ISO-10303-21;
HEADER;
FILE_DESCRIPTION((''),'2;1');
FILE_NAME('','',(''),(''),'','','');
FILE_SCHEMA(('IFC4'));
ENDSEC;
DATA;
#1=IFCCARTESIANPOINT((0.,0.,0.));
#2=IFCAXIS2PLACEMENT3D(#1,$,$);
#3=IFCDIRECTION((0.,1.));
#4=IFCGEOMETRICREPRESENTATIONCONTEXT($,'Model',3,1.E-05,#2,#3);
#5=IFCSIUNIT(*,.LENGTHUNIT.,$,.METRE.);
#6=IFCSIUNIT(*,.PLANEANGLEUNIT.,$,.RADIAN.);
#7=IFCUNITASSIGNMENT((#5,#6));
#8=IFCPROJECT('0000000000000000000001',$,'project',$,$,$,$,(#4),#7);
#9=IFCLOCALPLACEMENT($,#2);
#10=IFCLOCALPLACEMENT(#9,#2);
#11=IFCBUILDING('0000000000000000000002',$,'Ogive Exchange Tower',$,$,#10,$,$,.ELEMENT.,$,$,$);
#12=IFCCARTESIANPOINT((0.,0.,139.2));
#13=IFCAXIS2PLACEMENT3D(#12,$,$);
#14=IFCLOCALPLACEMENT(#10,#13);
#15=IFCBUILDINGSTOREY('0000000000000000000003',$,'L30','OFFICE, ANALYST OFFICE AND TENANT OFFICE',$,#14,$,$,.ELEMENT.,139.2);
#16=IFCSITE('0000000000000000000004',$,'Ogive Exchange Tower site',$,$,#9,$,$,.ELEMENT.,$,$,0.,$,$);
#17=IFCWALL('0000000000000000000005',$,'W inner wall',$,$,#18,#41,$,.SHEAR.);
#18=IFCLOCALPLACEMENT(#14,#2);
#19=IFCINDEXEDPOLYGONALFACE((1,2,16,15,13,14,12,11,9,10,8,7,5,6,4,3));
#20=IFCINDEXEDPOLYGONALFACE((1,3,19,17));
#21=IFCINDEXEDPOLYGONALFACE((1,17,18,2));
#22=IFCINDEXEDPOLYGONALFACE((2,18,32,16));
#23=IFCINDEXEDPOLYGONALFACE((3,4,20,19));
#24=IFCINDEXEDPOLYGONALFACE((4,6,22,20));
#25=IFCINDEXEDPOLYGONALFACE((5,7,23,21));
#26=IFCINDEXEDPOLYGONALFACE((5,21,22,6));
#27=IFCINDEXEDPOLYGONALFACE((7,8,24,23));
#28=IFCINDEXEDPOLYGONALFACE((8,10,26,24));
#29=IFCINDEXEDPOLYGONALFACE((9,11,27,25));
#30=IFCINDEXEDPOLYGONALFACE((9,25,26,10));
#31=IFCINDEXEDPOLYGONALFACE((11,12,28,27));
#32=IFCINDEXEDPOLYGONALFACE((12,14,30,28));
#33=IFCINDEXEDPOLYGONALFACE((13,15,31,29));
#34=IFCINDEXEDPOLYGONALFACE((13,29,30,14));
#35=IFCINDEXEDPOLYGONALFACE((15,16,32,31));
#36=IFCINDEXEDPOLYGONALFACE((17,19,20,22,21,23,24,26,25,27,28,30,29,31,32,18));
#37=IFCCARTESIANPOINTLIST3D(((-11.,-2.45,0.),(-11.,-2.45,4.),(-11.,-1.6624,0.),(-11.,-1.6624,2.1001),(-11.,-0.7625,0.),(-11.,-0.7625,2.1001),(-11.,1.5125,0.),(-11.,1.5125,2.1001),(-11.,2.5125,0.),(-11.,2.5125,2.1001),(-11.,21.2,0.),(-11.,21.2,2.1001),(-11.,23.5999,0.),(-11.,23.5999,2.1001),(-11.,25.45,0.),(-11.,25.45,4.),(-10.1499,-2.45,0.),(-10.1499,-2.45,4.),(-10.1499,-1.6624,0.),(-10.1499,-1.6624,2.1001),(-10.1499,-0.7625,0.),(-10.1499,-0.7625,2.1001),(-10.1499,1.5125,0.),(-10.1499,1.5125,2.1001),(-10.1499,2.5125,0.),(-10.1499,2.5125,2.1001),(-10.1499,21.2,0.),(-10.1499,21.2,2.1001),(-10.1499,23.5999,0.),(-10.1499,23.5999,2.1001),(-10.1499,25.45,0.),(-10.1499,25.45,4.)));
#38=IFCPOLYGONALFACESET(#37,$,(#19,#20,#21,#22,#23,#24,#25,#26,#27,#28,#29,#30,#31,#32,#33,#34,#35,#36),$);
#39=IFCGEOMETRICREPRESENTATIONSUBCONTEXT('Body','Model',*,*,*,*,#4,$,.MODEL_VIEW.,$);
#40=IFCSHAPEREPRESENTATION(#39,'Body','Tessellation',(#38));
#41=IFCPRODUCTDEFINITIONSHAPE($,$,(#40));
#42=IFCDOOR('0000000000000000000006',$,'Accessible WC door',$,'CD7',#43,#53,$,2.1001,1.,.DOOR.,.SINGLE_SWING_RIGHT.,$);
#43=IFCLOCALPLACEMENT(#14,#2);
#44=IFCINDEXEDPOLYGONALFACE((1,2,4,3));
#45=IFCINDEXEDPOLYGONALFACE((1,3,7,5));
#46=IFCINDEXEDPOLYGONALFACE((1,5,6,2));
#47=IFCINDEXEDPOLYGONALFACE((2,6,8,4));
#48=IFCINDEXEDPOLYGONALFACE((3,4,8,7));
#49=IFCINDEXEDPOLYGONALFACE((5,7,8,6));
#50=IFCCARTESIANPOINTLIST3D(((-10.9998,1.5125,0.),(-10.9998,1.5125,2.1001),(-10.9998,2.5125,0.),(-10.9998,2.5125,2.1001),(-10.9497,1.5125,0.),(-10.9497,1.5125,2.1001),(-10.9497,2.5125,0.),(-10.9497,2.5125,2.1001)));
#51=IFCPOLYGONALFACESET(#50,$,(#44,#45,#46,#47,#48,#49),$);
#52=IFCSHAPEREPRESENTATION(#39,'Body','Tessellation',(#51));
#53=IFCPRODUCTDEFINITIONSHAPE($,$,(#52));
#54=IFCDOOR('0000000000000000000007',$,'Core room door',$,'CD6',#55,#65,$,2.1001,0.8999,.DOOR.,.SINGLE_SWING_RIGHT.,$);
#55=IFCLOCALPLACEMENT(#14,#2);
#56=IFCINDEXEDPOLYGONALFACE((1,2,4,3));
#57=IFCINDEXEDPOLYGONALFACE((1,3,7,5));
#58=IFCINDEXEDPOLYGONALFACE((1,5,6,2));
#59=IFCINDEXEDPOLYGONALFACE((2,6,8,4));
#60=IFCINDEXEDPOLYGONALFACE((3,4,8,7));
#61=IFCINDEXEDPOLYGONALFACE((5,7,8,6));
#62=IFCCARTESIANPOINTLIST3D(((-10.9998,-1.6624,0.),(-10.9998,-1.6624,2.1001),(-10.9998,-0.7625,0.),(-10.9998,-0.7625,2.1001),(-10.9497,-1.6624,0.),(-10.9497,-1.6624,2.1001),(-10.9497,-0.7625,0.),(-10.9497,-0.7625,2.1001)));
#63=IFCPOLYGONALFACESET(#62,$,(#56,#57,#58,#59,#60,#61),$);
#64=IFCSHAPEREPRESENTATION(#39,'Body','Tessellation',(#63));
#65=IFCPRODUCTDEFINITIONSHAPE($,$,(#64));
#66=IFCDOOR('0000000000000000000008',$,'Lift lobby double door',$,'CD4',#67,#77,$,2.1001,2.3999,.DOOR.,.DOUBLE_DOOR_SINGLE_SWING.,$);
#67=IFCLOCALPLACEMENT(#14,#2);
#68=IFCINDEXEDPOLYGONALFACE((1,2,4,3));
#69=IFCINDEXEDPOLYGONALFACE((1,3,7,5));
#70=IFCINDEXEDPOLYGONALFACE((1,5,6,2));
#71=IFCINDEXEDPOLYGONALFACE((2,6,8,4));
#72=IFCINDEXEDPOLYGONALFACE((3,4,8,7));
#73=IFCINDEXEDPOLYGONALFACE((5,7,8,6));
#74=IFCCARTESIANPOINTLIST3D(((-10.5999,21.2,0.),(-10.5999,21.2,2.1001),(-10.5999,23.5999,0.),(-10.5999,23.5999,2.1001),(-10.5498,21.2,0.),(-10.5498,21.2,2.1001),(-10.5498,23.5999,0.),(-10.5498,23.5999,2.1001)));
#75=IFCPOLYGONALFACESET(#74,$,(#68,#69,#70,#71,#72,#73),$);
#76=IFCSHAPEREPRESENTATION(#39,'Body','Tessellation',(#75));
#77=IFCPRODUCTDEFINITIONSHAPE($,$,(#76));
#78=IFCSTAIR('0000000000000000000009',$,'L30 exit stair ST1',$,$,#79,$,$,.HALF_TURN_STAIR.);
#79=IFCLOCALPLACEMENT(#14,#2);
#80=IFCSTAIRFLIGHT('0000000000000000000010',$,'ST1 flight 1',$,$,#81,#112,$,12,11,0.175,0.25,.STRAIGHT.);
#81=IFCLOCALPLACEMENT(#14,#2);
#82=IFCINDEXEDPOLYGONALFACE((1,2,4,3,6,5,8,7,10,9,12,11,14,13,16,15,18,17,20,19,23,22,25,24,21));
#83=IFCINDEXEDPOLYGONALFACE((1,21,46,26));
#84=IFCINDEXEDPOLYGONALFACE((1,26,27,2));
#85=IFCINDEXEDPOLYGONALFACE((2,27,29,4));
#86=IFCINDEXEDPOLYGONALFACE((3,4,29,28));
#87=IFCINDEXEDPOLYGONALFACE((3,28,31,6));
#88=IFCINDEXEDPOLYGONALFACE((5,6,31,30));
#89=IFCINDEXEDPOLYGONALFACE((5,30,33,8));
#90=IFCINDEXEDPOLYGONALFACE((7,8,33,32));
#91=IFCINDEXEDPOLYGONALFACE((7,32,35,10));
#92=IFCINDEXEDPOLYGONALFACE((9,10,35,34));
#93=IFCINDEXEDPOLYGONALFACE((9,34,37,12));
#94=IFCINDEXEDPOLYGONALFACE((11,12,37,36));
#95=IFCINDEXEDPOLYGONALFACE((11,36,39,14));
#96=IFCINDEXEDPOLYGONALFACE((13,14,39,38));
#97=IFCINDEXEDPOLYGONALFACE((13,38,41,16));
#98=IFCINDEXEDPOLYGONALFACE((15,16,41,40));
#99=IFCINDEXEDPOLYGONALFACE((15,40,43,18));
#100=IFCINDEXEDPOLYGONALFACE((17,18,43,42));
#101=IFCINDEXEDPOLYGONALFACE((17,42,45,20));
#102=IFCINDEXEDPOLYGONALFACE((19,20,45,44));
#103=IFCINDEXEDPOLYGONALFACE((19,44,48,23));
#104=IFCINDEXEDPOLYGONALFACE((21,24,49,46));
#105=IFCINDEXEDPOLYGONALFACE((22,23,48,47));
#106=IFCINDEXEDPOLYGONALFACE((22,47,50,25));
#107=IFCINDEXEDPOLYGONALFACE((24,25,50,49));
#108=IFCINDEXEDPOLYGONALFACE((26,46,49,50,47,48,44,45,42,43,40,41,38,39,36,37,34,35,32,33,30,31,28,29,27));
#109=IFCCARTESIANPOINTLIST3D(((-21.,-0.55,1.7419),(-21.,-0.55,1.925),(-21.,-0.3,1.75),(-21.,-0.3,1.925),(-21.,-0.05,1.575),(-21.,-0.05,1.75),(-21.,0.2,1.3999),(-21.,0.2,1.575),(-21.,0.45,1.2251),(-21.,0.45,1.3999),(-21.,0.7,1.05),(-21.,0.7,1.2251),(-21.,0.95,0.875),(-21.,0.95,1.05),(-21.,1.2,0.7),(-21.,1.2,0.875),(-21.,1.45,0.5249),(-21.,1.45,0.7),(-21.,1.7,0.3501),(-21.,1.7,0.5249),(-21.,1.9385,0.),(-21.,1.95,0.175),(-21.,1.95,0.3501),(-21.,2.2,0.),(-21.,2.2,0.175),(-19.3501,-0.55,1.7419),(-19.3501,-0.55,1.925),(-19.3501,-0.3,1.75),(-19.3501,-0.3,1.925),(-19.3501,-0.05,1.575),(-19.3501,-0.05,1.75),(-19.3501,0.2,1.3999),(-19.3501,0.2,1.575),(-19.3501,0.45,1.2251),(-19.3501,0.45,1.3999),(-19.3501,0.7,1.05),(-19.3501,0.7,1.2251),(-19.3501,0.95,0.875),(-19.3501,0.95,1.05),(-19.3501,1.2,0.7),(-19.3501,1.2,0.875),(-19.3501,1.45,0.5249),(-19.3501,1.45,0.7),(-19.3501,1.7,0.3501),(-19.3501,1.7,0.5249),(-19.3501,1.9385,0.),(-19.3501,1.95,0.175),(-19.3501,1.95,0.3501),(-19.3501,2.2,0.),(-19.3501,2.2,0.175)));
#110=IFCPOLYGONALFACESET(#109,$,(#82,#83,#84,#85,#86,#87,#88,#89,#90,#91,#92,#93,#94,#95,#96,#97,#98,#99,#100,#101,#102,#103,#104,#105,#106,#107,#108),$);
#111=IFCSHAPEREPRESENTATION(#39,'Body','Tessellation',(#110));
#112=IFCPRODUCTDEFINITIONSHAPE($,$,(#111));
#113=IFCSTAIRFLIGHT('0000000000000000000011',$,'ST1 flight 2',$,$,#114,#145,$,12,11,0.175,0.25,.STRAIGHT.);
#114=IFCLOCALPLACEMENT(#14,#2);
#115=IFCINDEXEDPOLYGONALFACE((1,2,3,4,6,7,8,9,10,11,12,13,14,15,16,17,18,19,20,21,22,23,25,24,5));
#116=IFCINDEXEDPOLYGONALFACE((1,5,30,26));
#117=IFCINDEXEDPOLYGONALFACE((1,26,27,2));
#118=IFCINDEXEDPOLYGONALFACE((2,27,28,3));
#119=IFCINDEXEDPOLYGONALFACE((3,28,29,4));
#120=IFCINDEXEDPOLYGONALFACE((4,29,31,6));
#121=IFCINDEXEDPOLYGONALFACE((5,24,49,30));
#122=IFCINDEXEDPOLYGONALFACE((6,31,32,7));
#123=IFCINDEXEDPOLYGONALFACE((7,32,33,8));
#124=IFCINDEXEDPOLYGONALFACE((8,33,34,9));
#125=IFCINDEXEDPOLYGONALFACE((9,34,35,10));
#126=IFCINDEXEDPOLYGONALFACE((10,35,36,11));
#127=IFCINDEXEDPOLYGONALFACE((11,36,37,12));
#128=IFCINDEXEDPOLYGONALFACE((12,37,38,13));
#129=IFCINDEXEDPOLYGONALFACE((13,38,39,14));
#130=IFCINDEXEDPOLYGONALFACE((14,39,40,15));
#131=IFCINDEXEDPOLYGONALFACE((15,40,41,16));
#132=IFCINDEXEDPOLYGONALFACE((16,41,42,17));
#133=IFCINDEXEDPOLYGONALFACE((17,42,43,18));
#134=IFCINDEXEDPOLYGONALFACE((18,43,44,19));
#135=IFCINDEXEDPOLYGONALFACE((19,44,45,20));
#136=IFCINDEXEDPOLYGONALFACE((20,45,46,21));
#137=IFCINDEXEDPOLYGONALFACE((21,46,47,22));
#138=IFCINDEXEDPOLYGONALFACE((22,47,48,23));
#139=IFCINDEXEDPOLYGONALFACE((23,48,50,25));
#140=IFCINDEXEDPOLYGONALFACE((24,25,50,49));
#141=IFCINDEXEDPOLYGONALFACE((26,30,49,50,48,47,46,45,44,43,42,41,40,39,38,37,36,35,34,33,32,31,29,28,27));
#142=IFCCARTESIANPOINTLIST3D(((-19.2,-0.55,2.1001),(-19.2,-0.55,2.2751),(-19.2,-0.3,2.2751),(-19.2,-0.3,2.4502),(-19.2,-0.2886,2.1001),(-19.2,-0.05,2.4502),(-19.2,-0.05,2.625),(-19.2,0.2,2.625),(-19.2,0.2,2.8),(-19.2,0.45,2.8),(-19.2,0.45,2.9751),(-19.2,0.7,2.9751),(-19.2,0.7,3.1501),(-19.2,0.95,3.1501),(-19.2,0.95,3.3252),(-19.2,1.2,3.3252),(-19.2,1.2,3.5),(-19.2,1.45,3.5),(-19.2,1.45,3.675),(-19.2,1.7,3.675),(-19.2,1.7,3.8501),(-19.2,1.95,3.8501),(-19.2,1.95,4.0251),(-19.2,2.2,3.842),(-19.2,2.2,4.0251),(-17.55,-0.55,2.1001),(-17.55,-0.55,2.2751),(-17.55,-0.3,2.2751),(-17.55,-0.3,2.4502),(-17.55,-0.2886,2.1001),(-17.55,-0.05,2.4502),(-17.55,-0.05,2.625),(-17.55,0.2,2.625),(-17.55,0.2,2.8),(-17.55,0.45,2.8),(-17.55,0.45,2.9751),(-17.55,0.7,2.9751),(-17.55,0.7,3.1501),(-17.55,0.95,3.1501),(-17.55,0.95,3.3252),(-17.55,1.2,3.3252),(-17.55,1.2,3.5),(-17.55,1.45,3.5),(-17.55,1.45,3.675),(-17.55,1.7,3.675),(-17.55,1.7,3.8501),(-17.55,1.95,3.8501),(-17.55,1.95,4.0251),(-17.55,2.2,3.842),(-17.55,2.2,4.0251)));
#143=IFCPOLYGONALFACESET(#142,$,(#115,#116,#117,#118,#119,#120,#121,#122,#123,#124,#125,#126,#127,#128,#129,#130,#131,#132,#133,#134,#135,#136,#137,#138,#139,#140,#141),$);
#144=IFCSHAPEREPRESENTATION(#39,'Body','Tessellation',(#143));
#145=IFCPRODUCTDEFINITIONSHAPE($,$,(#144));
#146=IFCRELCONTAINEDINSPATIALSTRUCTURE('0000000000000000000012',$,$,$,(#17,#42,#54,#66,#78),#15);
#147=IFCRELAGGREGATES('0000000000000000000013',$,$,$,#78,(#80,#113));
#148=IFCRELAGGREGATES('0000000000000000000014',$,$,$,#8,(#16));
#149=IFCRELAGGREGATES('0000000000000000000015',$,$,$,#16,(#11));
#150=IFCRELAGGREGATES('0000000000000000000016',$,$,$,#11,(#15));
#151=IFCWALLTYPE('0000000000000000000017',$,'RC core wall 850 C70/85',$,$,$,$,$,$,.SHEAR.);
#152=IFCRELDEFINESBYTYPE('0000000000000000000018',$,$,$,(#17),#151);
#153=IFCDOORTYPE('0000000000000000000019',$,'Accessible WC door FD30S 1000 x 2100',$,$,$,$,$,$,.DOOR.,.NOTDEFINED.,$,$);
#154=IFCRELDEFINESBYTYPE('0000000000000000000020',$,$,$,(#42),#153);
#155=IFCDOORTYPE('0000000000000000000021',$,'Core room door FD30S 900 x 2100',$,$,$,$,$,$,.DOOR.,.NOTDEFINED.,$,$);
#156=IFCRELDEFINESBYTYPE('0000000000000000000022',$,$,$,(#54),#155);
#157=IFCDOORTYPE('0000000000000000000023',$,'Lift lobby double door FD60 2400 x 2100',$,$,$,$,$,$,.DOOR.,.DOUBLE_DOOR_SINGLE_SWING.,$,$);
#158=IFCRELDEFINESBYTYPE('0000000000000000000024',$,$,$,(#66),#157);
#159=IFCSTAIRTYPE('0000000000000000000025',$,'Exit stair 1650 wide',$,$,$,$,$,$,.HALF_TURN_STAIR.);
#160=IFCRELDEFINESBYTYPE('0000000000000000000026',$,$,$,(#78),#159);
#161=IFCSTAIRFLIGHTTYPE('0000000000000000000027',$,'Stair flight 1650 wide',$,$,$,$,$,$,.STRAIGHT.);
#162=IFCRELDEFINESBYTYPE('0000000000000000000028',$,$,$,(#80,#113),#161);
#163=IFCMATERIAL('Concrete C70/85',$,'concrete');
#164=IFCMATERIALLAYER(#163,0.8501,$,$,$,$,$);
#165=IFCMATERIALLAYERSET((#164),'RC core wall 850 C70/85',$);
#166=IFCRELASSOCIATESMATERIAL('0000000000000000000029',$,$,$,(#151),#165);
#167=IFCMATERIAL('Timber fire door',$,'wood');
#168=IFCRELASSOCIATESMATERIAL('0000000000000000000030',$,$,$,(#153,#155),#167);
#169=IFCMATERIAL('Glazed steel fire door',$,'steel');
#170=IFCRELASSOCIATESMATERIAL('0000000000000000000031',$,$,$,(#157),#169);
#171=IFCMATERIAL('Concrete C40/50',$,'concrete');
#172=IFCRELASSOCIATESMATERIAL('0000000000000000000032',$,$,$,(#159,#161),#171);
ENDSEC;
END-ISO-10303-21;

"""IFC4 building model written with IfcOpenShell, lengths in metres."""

from ifc_helpers import new_model, si_unit, direction, frame, frame_2d, origin, place, context, subcontext, project, spatial, polyline, rectangle, outline, extrude, material, layer, layer_set, type_object, element, fill, aggregate, save


model = new_model("IFC4")

# Units and contexts
model_context = context("Model", 3, precision=1e-05, world=origin(), true_north=direction((0.0, 1.0)))
body_context = subcontext(model_context, "Body", "Model", "MODEL_VIEW")
ifc_project = project(units=[si_unit("LENGTHUNIT", "METRE"), si_unit("PLANEANGLEUNIT", "RADIAN")], contexts=[model_context])

# Site, building, storey
site_placement = place(None, origin())
site = spatial("IfcSite", under=ifc_project, at=site_placement, Name="Ogive Exchange Tower site", CompositionType="ELEMENT", RefElevation=0.0)
building_placement = place(site_placement, origin())
building = spatial("IfcBuilding", under=site, at=building_placement, Name="Ogive Exchange Tower", CompositionType="ELEMENT")
storey_placement = place(building_placement, frame((0.0, 0.0, 139.2)))
storey = spatial("IfcBuildingStorey", under=building, at=storey_placement, Name="L30", Description="OFFICE, ANALYST OFFICE AND TENANT OFFICE", CompositionType="ELEMENT", Elevation=139.2)

# Shared definitions
ifc_material_1 = material(Name="Concrete C70/85", Category="concrete")

# Wall, openings, doors
ifc_layer_1 = layer(ifc_material_1, 0.8501)
ifc_layer_set_1 = layer_set([ifc_layer_1], Name="RC core wall 850 C70/85")
wall_type_1 = type_object("IfcWallType", Name="RC core wall 850 C70/85", PredefinedType="SHEAR", material=ifc_layer_set_1)
wall_1_placement = place(storey_placement, frame((-10.575, -2.45, 0.0), z_axis=(0.0, 0.0, 1.0), x_axis=(0.0, 1.0, 0.0)))
wall_1 = element("IfcWall", 1, at=wall_1_placement, inside=storey, type_object=wall_type_1, Name="W inner wall", PredefinedType="SHEAR", context=body_context, shape_type="SweptSolid", body=[
    extrude(rectangle(XDim=27.8999, YDim=0.8501, at=frame_2d((13.95, 0.0))), origin(), (0.0, 0.0, 1.0), 4.0),
])
opening_1_placement = place(wall_1_placement, frame((23.6499, 0.0, 0.0)))
opening_1 = element("IfcOpeningElement", 2, at=opening_1_placement, cuts=wall_1, PredefinedType="OPENING", context=body_context, shape_type="SweptSolid", body=[
    extrude(rectangle(XDim=2.3999, YDim=2.1001, at=frame_2d((1.2, 1.05))), frame((0.0, 0.4351, 0.0), z_axis=(0.0, -1.0, 0.0), x_axis=(1.0, 0.0, 0.0)), (0.0, 0.0, 1.0), 0.8701),
])
opening_2_placement = place(wall_1_placement, frame((0.7876, 0.0, 0.0)))
opening_2 = element("IfcOpeningElement", 3, at=opening_2_placement, cuts=wall_1, PredefinedType="OPENING", context=body_context, shape_type="SweptSolid", body=[
    extrude(rectangle(XDim=0.8999, YDim=2.1001, at=frame_2d((0.45, 1.05))), frame((0.0, 0.4351, 0.0), z_axis=(0.0, -1.0, 0.0), x_axis=(1.0, 0.0, 0.0)), (0.0, 0.0, 1.0), 0.8701),
])
opening_3_placement = place(wall_1_placement, frame((3.9624, 0.0, 0.0)))
opening_3 = element("IfcOpeningElement", 4, at=opening_3_placement, cuts=wall_1, PredefinedType="OPENING", context=body_context, shape_type="SweptSolid", body=[
    extrude(rectangle(XDim=1.0, YDim=2.1001, at=frame_2d((0.5, 1.05))), frame((0.0, 0.4351, 0.0), z_axis=(0.0, -1.0, 0.0), x_axis=(1.0, 0.0, 0.0)), (0.0, 0.0, 1.0), 0.8701),
])
ifc_material_2 = material(Name="Timber fire door", Category="wood")
door_type_1 = type_object("IfcDoorType", Name="Accessible WC door FD30S 1000 x 2100", OperationType="NOTDEFINED", PredefinedType="DOOR", material=ifc_material_2)
door_1_placement = place(opening_3_placement, origin())
door_1 = element("IfcDoor", 5, at=door_1_placement, inside=storey, type_object=door_type_1, Name="Accessible WC door", ObjectType="CD7", OperationType="SINGLE_SWING_RIGHT", OverallHeight=2.1001, OverallWidth=1.0, PredefinedType="DOOR", context=body_context, shape_type="SweptSolid", body=[
    extrude(rectangle(XDim=1.0, YDim=2.1001, at=frame_2d((0.5, 1.05))), frame((0.0, 0.4248, 0.0), z_axis=(0.0, -1.0, 0.0), x_axis=(1.0, 0.0, 0.0)), (0.0, 0.0, 1.0), 0.05),
])
fill(opening_3, door_1)
door_type_2 = type_object("IfcDoorType", Name="Core room door FD30S 900 x 2100", OperationType="NOTDEFINED", PredefinedType="DOOR", material=ifc_material_2)
door_2_placement = place(opening_2_placement, origin())
door_2 = element("IfcDoor", 6, at=door_2_placement, inside=storey, type_object=door_type_2, Name="Core room door", ObjectType="CD6", OperationType="SINGLE_SWING_RIGHT", OverallHeight=2.1001, OverallWidth=0.8999, PredefinedType="DOOR", context=body_context, shape_type="SweptSolid", body=[
    extrude(rectangle(XDim=0.8999, YDim=2.1001, at=frame_2d((0.45, 1.05))), frame((0.0, 0.4248, 0.0), z_axis=(0.0, -1.0, 0.0), x_axis=(1.0, 0.0, 0.0)), (0.0, 0.0, 1.0), 0.05),
])
fill(opening_2, door_2)
ifc_material_3 = material(Name="Glazed steel fire door", Category="steel")
door_type_3 = type_object("IfcDoorType", Name="Lift lobby double door FD60 2400 x 2100", OperationType="DOUBLE_DOOR_SINGLE_SWING", PredefinedType="DOOR", material=ifc_material_3)
door_3_placement = place(opening_1_placement, origin())
door_3 = element("IfcDoor", 7, at=door_3_placement, inside=storey, type_object=door_type_3, Name="Lift lobby double door", ObjectType="CD4", OperationType="DOUBLE_DOOR_SINGLE_SWING", OverallHeight=2.1001, OverallWidth=2.3999, PredefinedType="DOOR", context=body_context, shape_type="SweptSolid", body=[
    extrude(rectangle(XDim=2.3999, YDim=2.1001, at=frame_2d((1.2, 1.05))), frame((0.0, 0.0249, 0.0), z_axis=(0.0, -1.0, 0.0), x_axis=(1.0, 0.0, 0.0)), (0.0, 0.0, 1.0), 0.05),
])
fill(opening_1, door_3)

# Stair, stair flights
ifc_material_4 = material(Name="Concrete C40/50", Category="concrete")
stair_type = type_object("IfcStairType", Name="Exit stair 1650 wide", PredefinedType="HALF_TURN_STAIR", material=ifc_material_4)
stair_placement = place(storey_placement, origin())
stair = element("IfcStair", 8, at=stair_placement, inside=storey, type_object=stair_type, Name="L30 exit stair ST1", PredefinedType="HALF_TURN_STAIR")
stair_flight_type = type_object("IfcStairFlightType", Name="Stair flight 1650 wide", PredefinedType="STRAIGHT", material=ifc_material_4)
stair_flight_1_placement = place(storey_placement, frame((-20.175, 2.2, 0.0), z_axis=(0.0, 0.0, 1.0), x_axis=(0.0, -1.0, 0.0)))
stair_flight_1 = element("IfcStairFlight", 9, at=stair_flight_1_placement, type_object=stair_flight_type, Name="ST1 flight 1", NumberOfRisers=12, NumberOfTreads=11, PredefinedType="STRAIGHT", RiserHeight=0.175, TreadLength=0.25, context=body_context, shape_type="SweptSolid", body=[
    extrude(outline(polyline([(0.0, 0.0), (0.0, 0.175), (0.25, 0.175), (0.25, 0.3501), (0.5, 0.3501), (0.5, 0.5249), (0.75, 0.5249), (0.75, 0.7), (1.0, 0.7), (1.0, 0.875), (1.25, 0.875), (1.25, 1.05), (1.5, 1.05), (1.5, 1.2251), (1.75, 1.2251), (1.75, 1.3999), (2.0, 1.3999), (2.0, 1.575), (2.25, 1.575), (2.25, 1.75), (2.5, 1.75), (2.5, 1.925), (2.75, 1.925), (2.75, 2.1001), (2.75, 1.7419), (0.2615, 0.0), (0.0, 0.0)])), frame((0.0, 0.825, 0.0), z_axis=(0.0, -1.0, 0.0), x_axis=(1.0, 0.0, 0.0)), (0.0, 0.0, 1.0), 1.6499),
])
stair_flight_2_placement = place(storey_placement, frame((-18.375, -0.55, 2.1001), z_axis=(0.0, 0.0, 1.0), x_axis=(0.0, 1.0, 0.0)))
stair_flight_2 = element("IfcStairFlight", 10, at=stair_flight_2_placement, type_object=stair_flight_type, Name="ST1 flight 2", NumberOfRisers=12, NumberOfTreads=11, PredefinedType="STRAIGHT", RiserHeight=0.175, TreadLength=0.25, context=body_context, shape_type="SweptSolid", body=[
    extrude(outline(polyline([(0.0, 0.0), (0.0, 0.175), (0.25, 0.175), (0.25, 0.3501), (0.5, 0.3501), (0.5, 0.5249), (0.75, 0.5249), (0.75, 0.7), (1.0, 0.7), (1.0, 0.875), (1.25, 0.875), (1.25, 1.05), (1.5, 1.05), (1.5, 1.2251), (1.75, 1.2251), (1.75, 1.3999), (2.0, 1.3999), (2.0, 1.575), (2.25, 1.575), (2.25, 1.75), (2.5, 1.75), (2.5, 1.925), (2.75, 1.925), (2.75, 2.1001), (2.75, 1.7419), (0.2615, 0.0), (0.0, 0.0)])), frame((0.0, 0.825, 0.0), z_axis=(0.0, -1.0, 0.0), x_axis=(1.0, 0.0, 0.0)), (0.0, 0.0, 1.0), 1.6499),
])
aggregate(stair, [stair_flight_1, stair_flight_2])

save(model, "model.ifc")
